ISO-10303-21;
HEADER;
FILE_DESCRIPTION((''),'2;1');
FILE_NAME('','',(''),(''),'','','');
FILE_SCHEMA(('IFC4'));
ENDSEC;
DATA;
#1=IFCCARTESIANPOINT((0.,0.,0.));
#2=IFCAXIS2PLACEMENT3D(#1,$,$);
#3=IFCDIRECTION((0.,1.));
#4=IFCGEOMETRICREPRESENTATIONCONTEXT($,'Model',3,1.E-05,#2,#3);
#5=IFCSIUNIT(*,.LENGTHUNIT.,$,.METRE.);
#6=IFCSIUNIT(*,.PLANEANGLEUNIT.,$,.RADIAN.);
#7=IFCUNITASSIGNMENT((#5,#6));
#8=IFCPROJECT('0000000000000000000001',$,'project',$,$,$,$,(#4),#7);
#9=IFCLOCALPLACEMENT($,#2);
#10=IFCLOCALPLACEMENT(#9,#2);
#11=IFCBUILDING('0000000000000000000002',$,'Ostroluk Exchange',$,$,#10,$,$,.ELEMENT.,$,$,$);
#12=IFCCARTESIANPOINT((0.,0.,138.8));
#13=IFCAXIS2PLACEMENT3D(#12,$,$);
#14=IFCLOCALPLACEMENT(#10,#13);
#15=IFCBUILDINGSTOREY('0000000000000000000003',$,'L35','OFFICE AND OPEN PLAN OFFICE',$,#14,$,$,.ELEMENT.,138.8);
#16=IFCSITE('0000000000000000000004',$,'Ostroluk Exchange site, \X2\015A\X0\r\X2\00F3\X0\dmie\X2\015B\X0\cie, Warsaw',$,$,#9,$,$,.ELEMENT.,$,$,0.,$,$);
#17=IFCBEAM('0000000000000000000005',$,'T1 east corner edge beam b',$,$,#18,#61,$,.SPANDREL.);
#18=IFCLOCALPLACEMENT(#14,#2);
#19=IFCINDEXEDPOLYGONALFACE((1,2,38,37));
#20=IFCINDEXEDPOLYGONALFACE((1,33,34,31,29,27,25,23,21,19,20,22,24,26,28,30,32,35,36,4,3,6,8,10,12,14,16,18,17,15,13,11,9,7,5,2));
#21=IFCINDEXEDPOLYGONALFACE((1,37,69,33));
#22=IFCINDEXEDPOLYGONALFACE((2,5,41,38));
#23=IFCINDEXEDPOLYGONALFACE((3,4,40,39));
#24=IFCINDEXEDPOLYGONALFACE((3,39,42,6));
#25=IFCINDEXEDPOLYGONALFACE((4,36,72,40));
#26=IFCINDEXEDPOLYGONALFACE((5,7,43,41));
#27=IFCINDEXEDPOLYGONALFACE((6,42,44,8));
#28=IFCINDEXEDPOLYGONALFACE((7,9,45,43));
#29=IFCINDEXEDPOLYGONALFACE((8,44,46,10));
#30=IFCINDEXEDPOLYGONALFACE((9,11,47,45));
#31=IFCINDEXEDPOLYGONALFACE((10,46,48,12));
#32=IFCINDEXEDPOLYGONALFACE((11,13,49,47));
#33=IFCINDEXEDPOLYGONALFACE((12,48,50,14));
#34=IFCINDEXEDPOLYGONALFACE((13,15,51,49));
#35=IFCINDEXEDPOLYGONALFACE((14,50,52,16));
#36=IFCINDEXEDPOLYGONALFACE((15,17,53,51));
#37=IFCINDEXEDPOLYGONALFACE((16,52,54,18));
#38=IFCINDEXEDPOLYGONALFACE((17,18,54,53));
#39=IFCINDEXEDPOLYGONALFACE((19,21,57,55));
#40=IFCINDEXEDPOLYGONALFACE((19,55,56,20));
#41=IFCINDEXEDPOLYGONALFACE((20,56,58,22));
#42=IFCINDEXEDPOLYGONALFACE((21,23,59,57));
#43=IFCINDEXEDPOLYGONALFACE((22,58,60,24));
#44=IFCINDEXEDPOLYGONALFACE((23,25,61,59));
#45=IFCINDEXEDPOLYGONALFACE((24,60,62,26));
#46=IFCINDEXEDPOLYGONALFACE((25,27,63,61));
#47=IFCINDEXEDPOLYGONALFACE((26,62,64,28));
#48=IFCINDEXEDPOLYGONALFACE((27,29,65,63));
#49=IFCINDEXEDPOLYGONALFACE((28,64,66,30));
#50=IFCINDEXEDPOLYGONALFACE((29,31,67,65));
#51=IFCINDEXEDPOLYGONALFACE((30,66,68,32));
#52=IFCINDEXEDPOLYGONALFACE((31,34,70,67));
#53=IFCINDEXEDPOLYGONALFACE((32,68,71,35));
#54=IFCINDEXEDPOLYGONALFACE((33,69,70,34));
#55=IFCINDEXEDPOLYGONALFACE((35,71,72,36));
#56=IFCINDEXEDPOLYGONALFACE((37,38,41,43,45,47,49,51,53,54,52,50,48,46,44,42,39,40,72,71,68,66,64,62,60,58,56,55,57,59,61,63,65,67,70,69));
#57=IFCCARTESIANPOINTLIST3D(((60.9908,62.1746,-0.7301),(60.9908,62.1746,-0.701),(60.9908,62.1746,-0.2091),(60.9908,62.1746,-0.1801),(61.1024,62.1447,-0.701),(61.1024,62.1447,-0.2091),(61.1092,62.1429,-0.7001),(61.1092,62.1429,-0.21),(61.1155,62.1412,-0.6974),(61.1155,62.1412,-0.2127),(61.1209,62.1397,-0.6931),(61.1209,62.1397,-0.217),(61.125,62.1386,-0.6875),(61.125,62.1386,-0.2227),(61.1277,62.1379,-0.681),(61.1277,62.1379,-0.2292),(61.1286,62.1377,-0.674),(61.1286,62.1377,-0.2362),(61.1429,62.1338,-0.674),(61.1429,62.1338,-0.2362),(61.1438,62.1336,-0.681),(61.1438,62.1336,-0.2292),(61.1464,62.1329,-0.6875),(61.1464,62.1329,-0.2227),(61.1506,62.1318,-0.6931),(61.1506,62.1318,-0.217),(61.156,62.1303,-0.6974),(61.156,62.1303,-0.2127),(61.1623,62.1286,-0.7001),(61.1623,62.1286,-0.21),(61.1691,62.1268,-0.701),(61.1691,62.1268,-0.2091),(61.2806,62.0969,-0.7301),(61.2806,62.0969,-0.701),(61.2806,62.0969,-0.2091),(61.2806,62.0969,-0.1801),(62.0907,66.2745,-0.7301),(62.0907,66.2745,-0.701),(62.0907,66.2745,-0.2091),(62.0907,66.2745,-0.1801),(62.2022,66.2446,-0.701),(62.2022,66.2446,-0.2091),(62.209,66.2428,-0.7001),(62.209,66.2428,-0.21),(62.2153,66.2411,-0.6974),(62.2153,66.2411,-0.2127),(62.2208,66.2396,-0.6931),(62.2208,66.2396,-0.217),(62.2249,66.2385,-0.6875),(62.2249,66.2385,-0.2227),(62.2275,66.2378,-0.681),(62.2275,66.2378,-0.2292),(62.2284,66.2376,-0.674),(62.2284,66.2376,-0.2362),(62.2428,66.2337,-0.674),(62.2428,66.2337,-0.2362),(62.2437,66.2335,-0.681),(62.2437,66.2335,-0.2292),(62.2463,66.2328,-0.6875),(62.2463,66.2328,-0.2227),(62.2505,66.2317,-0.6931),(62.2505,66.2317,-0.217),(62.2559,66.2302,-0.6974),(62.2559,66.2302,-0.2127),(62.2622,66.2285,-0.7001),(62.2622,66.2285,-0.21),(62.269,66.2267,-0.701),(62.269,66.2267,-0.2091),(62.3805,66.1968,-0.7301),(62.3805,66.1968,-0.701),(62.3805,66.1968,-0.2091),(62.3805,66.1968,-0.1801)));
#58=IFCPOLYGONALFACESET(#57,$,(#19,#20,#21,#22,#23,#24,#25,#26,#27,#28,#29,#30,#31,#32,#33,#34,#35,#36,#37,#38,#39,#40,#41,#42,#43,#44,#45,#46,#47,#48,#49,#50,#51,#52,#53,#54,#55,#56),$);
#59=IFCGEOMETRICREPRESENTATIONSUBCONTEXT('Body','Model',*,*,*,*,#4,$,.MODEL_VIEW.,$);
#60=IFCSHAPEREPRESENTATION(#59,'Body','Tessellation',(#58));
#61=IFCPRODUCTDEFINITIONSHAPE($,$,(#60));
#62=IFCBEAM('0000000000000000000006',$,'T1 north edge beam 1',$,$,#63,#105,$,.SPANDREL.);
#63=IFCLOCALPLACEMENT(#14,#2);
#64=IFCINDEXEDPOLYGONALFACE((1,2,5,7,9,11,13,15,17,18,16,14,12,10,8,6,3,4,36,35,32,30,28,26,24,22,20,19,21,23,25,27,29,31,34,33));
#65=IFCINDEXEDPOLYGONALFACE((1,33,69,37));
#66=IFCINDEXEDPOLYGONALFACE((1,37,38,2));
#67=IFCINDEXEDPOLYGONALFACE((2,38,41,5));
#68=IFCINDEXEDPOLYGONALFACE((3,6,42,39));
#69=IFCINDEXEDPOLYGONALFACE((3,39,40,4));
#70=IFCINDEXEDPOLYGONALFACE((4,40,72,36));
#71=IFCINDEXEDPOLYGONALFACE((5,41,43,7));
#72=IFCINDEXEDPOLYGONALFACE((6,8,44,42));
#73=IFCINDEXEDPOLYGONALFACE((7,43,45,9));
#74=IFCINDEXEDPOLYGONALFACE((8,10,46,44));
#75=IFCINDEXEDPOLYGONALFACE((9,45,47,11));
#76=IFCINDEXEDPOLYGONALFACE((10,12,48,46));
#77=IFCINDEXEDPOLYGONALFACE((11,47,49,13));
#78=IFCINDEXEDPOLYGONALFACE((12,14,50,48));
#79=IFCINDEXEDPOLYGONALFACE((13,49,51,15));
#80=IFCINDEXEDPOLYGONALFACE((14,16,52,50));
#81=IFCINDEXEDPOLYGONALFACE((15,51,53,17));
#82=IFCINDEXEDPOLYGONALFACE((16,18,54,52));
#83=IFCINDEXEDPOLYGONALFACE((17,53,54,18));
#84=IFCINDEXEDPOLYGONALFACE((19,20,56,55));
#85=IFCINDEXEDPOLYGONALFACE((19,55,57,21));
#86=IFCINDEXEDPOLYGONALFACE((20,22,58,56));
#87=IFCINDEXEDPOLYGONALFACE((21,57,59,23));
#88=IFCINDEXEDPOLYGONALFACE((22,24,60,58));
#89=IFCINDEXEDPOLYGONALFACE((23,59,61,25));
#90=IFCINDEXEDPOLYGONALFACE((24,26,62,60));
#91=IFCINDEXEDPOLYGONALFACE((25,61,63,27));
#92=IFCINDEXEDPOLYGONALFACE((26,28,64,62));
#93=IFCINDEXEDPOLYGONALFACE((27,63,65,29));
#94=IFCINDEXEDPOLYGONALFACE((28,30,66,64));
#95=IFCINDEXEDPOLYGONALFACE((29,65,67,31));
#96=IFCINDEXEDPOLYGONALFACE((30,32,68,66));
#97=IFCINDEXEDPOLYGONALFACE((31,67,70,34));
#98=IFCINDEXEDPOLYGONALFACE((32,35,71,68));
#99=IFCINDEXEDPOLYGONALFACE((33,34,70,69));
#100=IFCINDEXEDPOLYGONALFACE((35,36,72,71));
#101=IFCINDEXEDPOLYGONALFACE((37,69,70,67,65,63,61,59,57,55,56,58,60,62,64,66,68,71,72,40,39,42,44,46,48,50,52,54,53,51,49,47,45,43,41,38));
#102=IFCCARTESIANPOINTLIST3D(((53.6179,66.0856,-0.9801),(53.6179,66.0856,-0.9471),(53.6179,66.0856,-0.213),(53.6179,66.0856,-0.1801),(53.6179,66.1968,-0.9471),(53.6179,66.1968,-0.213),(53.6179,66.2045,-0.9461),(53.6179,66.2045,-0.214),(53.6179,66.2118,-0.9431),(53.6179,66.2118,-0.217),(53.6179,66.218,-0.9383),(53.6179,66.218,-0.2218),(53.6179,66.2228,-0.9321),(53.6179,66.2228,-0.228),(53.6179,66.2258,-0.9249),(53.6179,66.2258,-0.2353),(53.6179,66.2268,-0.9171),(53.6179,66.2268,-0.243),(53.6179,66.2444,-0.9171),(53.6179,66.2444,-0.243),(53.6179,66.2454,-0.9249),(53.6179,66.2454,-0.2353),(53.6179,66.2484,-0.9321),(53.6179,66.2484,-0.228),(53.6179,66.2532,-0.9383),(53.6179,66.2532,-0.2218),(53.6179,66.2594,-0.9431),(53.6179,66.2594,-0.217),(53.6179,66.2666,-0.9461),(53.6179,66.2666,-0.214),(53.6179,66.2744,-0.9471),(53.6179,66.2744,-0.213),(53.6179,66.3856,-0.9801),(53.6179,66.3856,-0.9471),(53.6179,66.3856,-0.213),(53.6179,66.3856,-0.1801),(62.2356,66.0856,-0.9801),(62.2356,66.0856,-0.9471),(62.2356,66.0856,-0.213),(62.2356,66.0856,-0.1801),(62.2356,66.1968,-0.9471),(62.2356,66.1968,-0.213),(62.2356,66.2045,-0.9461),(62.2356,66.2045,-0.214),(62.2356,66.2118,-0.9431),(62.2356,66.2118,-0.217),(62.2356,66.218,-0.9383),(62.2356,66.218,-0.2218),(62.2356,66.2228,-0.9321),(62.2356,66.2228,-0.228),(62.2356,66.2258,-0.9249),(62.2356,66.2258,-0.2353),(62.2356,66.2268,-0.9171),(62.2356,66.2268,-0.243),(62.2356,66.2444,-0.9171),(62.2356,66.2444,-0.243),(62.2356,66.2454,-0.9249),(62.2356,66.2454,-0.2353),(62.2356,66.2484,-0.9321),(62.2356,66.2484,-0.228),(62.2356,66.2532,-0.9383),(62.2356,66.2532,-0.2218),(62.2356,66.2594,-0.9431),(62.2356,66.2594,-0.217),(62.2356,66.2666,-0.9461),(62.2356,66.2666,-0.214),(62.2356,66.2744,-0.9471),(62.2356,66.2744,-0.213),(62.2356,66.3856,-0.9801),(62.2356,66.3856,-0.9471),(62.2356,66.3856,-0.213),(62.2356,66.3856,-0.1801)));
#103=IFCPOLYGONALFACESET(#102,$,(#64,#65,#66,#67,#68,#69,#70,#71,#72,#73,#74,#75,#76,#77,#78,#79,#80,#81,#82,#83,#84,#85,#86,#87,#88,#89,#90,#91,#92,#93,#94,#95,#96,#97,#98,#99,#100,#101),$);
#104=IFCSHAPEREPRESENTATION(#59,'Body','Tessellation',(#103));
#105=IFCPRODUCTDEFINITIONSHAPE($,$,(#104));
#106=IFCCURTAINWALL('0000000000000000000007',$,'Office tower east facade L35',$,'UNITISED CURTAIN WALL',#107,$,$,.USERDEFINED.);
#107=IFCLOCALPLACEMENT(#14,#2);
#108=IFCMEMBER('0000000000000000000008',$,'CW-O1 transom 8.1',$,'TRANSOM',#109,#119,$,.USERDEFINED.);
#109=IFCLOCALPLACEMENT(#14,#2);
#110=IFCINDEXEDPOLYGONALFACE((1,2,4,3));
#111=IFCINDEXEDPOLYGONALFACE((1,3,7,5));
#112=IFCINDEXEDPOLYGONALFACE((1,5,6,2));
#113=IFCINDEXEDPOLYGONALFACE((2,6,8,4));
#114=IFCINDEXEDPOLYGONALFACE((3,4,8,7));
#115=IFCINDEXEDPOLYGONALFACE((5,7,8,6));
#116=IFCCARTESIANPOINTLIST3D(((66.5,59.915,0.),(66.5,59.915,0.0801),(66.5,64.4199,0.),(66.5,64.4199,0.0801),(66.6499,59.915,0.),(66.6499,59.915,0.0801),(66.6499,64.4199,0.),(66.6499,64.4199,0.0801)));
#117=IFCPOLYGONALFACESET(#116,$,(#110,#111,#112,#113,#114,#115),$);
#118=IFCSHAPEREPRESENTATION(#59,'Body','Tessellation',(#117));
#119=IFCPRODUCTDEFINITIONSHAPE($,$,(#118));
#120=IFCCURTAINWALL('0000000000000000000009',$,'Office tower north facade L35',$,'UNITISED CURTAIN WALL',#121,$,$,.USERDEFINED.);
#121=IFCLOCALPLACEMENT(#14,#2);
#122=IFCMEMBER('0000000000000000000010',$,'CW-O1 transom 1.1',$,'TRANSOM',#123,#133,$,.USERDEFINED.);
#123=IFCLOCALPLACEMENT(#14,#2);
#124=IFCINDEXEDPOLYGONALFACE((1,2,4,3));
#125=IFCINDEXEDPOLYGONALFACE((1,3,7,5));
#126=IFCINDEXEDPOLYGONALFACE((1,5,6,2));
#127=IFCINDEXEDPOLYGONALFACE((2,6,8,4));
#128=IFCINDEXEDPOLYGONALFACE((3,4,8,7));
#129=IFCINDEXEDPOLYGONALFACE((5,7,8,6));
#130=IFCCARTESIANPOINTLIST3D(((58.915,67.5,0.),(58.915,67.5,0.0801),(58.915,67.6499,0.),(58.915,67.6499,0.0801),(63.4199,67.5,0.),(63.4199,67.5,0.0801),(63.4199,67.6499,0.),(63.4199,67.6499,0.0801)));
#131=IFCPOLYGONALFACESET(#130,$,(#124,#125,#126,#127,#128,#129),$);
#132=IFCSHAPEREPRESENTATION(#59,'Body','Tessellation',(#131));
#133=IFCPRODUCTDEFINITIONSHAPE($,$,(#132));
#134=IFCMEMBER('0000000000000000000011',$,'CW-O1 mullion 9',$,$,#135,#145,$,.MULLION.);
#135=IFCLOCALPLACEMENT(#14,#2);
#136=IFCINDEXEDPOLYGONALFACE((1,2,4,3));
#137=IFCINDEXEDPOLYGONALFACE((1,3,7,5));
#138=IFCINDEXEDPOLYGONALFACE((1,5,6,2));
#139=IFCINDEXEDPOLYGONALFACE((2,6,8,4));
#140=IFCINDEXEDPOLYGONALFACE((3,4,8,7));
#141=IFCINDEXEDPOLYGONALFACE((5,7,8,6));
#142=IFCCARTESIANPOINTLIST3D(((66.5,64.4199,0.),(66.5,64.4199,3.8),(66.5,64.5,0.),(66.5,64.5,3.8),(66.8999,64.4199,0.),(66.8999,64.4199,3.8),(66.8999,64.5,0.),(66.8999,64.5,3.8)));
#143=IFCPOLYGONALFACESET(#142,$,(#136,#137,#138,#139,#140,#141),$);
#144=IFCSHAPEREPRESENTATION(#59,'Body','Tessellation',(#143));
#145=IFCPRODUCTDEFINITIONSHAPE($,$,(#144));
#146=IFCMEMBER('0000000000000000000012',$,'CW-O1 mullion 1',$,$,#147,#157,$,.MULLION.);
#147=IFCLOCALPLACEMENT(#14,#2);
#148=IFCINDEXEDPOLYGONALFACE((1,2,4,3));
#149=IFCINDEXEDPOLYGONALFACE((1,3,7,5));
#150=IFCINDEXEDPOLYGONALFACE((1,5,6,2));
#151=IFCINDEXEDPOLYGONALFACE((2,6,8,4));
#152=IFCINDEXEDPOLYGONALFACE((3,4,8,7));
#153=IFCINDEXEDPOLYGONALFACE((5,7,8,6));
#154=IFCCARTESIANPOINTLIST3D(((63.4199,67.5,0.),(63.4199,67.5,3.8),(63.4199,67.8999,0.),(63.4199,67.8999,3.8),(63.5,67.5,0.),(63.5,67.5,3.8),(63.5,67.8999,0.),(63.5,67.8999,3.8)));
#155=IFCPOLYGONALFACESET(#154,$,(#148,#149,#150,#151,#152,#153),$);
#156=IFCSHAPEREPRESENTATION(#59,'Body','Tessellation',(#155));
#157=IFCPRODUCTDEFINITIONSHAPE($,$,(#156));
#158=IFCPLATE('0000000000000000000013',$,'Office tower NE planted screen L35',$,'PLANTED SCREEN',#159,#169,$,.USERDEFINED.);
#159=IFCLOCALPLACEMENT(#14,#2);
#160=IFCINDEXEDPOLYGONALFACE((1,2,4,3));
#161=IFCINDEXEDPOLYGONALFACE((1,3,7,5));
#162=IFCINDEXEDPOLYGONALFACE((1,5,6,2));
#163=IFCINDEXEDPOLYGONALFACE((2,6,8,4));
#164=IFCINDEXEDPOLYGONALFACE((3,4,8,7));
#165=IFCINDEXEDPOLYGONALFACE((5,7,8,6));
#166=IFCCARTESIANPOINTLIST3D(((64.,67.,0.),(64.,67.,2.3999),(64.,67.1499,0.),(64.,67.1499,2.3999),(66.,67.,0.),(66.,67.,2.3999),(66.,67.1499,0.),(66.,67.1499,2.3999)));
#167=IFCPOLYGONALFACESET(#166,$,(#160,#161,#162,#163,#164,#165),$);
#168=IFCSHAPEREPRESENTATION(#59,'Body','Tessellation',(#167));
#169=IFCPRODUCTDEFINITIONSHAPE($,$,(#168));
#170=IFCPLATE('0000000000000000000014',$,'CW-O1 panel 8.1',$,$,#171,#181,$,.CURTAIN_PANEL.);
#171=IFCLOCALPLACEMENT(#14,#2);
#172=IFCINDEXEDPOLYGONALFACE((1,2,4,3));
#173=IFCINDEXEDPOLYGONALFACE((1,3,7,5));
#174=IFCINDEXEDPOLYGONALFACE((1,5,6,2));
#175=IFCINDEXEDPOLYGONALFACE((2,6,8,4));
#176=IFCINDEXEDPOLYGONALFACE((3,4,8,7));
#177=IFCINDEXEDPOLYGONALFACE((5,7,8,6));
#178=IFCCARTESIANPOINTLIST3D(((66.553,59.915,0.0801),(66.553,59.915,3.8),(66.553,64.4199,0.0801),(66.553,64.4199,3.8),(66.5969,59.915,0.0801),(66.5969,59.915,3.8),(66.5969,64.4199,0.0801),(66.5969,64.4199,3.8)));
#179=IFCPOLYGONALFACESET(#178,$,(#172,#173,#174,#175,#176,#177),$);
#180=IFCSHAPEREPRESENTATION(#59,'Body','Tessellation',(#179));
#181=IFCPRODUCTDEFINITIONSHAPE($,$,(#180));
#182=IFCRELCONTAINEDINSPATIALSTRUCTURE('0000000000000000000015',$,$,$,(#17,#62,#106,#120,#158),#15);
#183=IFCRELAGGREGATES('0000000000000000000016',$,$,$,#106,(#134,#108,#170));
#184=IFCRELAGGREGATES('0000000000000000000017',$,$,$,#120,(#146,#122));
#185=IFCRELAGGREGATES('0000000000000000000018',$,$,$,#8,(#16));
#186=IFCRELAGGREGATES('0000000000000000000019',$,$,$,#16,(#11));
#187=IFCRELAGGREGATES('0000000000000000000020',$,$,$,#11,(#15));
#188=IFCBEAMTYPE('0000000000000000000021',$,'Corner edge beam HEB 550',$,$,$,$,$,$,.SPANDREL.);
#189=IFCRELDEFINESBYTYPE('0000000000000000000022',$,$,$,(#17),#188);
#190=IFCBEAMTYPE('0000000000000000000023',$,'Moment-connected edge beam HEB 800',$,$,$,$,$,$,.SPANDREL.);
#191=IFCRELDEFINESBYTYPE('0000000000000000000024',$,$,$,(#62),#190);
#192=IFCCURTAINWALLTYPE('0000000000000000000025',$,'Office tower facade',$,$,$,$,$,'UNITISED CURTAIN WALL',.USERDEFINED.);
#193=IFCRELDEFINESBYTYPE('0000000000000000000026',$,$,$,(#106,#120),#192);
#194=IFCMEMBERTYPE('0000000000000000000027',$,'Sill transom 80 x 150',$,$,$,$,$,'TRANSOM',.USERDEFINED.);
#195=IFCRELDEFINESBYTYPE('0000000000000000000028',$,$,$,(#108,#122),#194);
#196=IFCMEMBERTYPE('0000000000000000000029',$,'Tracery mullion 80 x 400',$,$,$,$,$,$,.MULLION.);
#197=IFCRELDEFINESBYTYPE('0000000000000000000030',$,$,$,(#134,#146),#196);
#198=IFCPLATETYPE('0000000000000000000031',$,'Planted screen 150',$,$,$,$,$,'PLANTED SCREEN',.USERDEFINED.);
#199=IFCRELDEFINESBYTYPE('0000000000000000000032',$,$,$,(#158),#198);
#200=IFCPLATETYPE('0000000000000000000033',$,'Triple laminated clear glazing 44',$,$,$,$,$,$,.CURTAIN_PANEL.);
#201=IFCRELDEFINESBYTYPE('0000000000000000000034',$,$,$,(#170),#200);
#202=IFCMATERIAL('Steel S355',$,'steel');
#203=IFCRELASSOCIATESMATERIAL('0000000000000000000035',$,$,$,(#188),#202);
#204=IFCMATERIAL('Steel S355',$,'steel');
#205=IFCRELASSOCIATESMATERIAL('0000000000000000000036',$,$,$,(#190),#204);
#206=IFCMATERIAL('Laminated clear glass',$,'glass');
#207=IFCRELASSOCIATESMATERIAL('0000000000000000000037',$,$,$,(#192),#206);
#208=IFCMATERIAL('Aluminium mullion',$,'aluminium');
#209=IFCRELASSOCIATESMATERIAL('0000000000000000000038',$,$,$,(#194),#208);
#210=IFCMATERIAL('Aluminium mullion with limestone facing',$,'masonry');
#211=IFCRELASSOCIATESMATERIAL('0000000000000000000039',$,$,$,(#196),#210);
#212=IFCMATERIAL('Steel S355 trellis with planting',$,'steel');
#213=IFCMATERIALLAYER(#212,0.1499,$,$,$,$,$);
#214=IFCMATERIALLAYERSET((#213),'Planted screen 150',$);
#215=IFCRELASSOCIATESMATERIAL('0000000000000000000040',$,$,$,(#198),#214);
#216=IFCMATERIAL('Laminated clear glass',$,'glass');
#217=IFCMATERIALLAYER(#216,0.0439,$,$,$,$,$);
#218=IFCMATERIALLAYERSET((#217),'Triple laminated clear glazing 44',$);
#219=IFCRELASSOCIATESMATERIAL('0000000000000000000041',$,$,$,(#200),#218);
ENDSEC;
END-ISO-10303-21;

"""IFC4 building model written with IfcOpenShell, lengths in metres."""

from ifc_helpers import new_model, si_unit, direction, frame, origin, origin_2d, place, context, subcontext, project, spatial, rectangle, i_section, extrude, material, layer, layer_set, material_profile, profile_set, type_object, element, aggregate, save


model = new_model("IFC4")

# Units and contexts
model_context = context("Model", 3, precision=1e-05, world=origin(), true_north=direction((0.0, 1.0)))
body_context = subcontext(model_context, "Body", "Model", "MODEL_VIEW")
ifc_project = project(units=[si_unit("LENGTHUNIT", "METRE"), si_unit("PLANEANGLEUNIT", "RADIAN")], contexts=[model_context])

# Site, building, storey
site_placement = place(None, origin())
site = spatial("IfcSite", under=ifc_project, at=site_placement, Name="Ostroluk Exchange site, Śródmieście, Warsaw", CompositionType="ELEMENT", RefElevation=0.0)
building_placement = place(site_placement, origin())
building = spatial("IfcBuilding", under=site, at=building_placement, Name="Ostroluk Exchange", CompositionType="ELEMENT")
storey_placement = place(building_placement, frame((0.0, 0.0, 138.8)))
storey = spatial("IfcBuildingStorey", under=building, at=storey_placement, Name="L35", Description="OFFICE AND OPEN PLAN OFFICE", CompositionType="ELEMENT", Elevation=138.8)

# Beams
ifc_material_1 = material(Name="Steel S355", Category="steel")
ifc_material_profile_1 = material_profile(ifc_material_1, i_section(OverallWidth=0.3, OverallDepth=0.55, WebThickness=0.0149, FlangeThickness=0.0291, FilletRadius=0.0271, at=origin_2d()), Name="HEB 550")
ifc_profile_set_1 = profile_set([ifc_material_profile_1], Name="Steel S355")
beam_type_1 = type_object("IfcBeamType", Name="Corner edge beam HEB 550", PredefinedType="SPANDREL", material=ifc_profile_set_1)
for number, where, z_axis, x_axis, name in (
    (1, (61.1357, 62.1357, -0.4551), (0.259105, 0.965849, 0.0), (-0.965849, 0.259105, 0.0), "T1 east corner edge beam b"),
):
    element("IfcBeam", number, at=place(storey_placement, frame(where, z_axis=z_axis, x_axis=x_axis)), inside=storey, type_object=beam_type_1, Name=name, PredefinedType="SPANDREL", context=body_context, shape_type="SweptSolid", body=[
        extrude(i_section(OverallWidth=0.3, OverallDepth=0.55, WebThickness=0.0149, FlangeThickness=0.0291, FilletRadius=0.0271, at=origin_2d()), origin(), (0.0, 0.0, 1.0), 4.2449),
    ])
ifc_material_2 = material(Name="Steel S355", Category="steel")
ifc_material_profile_2 = material_profile(ifc_material_2, i_section(OverallWidth=0.3, OverallDepth=0.8, WebThickness=0.0176, FlangeThickness=0.033, FilletRadius=0.03, at=origin_2d()), Name="HEB 800")
ifc_profile_set_2 = profile_set([ifc_material_profile_2], Name="Steel S355")
beam_type_2 = type_object("IfcBeamType", Name="Moment-connected edge beam HEB 800", PredefinedType="SPANDREL", material=ifc_profile_set_2)
beam_1_placement = place(storey_placement, frame((62.2356, 66.2356, -0.5801), z_axis=(-1.0, 0.0, 0.0), x_axis=(0.0, -1.0, 0.0)))
element("IfcBeam", 2, at=beam_1_placement, inside=storey, type_object=beam_type_2, Name="T1 north edge beam 1", PredefinedType="SPANDREL", context=body_context, shape_type="SweptSolid", body=[
    extrude(i_section(OverallWidth=0.3, OverallDepth=0.8, WebThickness=0.0176, FlangeThickness=0.033, FilletRadius=0.03, at=origin_2d()), origin(), (0.0, 0.0, 1.0), 8.6177),
])

# Curtain walls, members
ifc_material_3 = material(Name="Laminated clear glass", Category="glass")
curtain_wall_type = type_object("IfcCurtainWallType", Name="Office tower facade", ElementType="UNITISED CURTAIN WALL", PredefinedType="USERDEFINED", material=ifc_material_3)
curtain_wall_1_placement = place(storey_placement, origin())
curtain_wall_1 = element("IfcCurtainWall", 3, at=curtain_wall_1_placement, inside=storey, type_object=curtain_wall_type, Name="Office tower east facade L35", ObjectType="UNITISED CURTAIN WALL", PredefinedType="USERDEFINED")
ifc_material_4 = material(Name="Aluminium mullion", Category="aluminium")
ifc_material_profile_3 = material_profile(ifc_material_4, rectangle(XDim=0.1499, YDim=0.0801, at=origin_2d()), Name="Sill transom 80 x 150")
ifc_profile_set_3 = profile_set([ifc_material_profile_3], Name="Aluminium mullion")
member_type_1 = type_object("IfcMemberType", Name="Sill transom 80 x 150", ElementType="TRANSOM", PredefinedType="USERDEFINED", material=ifc_profile_set_3)
member_1_placement = place(storey_placement, frame((66.575, 59.915, 0.04), z_axis=(0.0, 1.0, 0.0), x_axis=(-1.0, 0.0, 0.0)))
member_1 = element("IfcMember", 4, at=member_1_placement, type_object=member_type_1, Name="CW-O1 transom 8.1", ObjectType="TRANSOM", PredefinedType="USERDEFINED", context=body_context, shape_type="SweptSolid", body=[
    extrude(rectangle(XDim=0.1499, YDim=0.0801, at=origin_2d()), origin(), (0.0, 0.0, 1.0), 4.5049),
])
curtain_wall_2_placement = place(storey_placement, origin())
curtain_wall_2 = element("IfcCurtainWall", 5, at=curtain_wall_2_placement, inside=storey, type_object=curtain_wall_type, Name="Office tower north facade L35", ObjectType="UNITISED CURTAIN WALL", PredefinedType="USERDEFINED")
member_2_placement = place(storey_placement, frame((63.4199, 67.575, 0.04), z_axis=(-1.0, 0.0, 0.0), x_axis=(0.0, -1.0, 0.0)))
member_2 = element("IfcMember", 6, at=member_2_placement, type_object=member_type_1, Name="CW-O1 transom 1.1", ObjectType="TRANSOM", PredefinedType="USERDEFINED", context=body_context, shape_type="SweptSolid", body=[
    extrude(rectangle(XDim=0.1499, YDim=0.0801, at=origin_2d()), origin(), (0.0, 0.0, 1.0), 4.5049),
])

# Members
ifc_material_5 = material(Name="Aluminium mullion with limestone facing", Category="masonry")
ifc_material_profile_4 = material_profile(ifc_material_5, rectangle(XDim=0.3999, YDim=0.0801, at=origin_2d()), Name="Tracery mullion 80 x 400")
ifc_profile_set_4 = profile_set([ifc_material_profile_4], Name="Aluminium mullion with limestone facing")
member_type_2 = type_object("IfcMemberType", Name="Tracery mullion 80 x 400", PredefinedType="MULLION", material=ifc_profile_set_4)
member_3_placement = place(storey_placement, frame((66.7, 64.46, 0.0), z_axis=(0.0, 0.0, 1.0), x_axis=(-1.0, 0.0, 0.0)))
member_3 = element("IfcMember", 7, at=member_3_placement, type_object=member_type_2, Name="CW-O1 mullion 9", PredefinedType="MULLION", context=body_context, shape_type="SweptSolid", body=[
    extrude(rectangle(XDim=0.3999, YDim=0.0801, at=origin_2d()), origin(), (0.0, 0.0, 1.0), 3.8),
])
member_4_placement = place(storey_placement, frame((63.46, 67.7, 0.0), z_axis=(0.0, 0.0, 1.0), x_axis=(0.0, -1.0, 0.0)))
member_4 = element("IfcMember", 8, at=member_4_placement, type_object=member_type_2, Name="CW-O1 mullion 1", PredefinedType="MULLION", context=body_context, shape_type="SweptSolid", body=[
    extrude(rectangle(XDim=0.3999, YDim=0.0801, at=origin_2d()), origin(), (0.0, 0.0, 1.0), 3.8),
])

# Plates
ifc_material_6 = material(Name="Steel S355 trellis with planting", Category="steel")
ifc_layer_1 = layer(ifc_material_6, 0.1499)
ifc_layer_set_1 = layer_set([ifc_layer_1], Name="Planted screen 150")
plate_type_1 = type_object("IfcPlateType", Name="Planted screen 150", ElementType="PLANTED SCREEN", PredefinedType="USERDEFINED", material=ifc_layer_set_1)
plate_1_placement = place(storey_placement, frame((65.0, 67.075, 0.0), z_axis=(0.0, 0.0, 1.0), x_axis=(1.0, 0.0, 0.0)))
element("IfcPlate", 9, at=plate_1_placement, inside=storey, type_object=plate_type_1, Name="Office tower NE planted screen L35", ObjectType="PLANTED SCREEN", PredefinedType="USERDEFINED", context=body_context, shape_type="SweptSolid", body=[
    extrude(rectangle(XDim=2.0, YDim=0.1499, at=origin_2d()), origin(), (0.0, 0.0, 1.0), 2.3999),
])
ifc_material_7 = material(Name="Laminated clear glass", Category="glass")
ifc_layer_2 = layer(ifc_material_7, 0.0439)
ifc_layer_set_2 = layer_set([ifc_layer_2], Name="Triple laminated clear glazing 44")
plate_type_2 = type_object("IfcPlateType", Name="Triple laminated clear glazing 44", PredefinedType="CURTAIN_PANEL", material=ifc_layer_set_2)
plate_2_placement = place(storey_placement, frame((66.575, 62.1675, 0.0801), z_axis=(0.0, 0.0, 1.0), x_axis=(0.0, 1.0, 0.0)))
plate_2 = element("IfcPlate", 10, at=plate_2_placement, type_object=plate_type_2, Name="CW-O1 panel 8.1", PredefinedType="CURTAIN_PANEL", context=body_context, shape_type="SweptSolid", body=[
    extrude(rectangle(XDim=4.5049, YDim=0.0439, at=origin_2d()), origin(), (0.0, 0.0, 1.0), 3.72),
])
aggregate(curtain_wall_1, [member_3, member_1, plate_2])
aggregate(curtain_wall_2, [member_4, member_2])

save(model, "model.ifc")
